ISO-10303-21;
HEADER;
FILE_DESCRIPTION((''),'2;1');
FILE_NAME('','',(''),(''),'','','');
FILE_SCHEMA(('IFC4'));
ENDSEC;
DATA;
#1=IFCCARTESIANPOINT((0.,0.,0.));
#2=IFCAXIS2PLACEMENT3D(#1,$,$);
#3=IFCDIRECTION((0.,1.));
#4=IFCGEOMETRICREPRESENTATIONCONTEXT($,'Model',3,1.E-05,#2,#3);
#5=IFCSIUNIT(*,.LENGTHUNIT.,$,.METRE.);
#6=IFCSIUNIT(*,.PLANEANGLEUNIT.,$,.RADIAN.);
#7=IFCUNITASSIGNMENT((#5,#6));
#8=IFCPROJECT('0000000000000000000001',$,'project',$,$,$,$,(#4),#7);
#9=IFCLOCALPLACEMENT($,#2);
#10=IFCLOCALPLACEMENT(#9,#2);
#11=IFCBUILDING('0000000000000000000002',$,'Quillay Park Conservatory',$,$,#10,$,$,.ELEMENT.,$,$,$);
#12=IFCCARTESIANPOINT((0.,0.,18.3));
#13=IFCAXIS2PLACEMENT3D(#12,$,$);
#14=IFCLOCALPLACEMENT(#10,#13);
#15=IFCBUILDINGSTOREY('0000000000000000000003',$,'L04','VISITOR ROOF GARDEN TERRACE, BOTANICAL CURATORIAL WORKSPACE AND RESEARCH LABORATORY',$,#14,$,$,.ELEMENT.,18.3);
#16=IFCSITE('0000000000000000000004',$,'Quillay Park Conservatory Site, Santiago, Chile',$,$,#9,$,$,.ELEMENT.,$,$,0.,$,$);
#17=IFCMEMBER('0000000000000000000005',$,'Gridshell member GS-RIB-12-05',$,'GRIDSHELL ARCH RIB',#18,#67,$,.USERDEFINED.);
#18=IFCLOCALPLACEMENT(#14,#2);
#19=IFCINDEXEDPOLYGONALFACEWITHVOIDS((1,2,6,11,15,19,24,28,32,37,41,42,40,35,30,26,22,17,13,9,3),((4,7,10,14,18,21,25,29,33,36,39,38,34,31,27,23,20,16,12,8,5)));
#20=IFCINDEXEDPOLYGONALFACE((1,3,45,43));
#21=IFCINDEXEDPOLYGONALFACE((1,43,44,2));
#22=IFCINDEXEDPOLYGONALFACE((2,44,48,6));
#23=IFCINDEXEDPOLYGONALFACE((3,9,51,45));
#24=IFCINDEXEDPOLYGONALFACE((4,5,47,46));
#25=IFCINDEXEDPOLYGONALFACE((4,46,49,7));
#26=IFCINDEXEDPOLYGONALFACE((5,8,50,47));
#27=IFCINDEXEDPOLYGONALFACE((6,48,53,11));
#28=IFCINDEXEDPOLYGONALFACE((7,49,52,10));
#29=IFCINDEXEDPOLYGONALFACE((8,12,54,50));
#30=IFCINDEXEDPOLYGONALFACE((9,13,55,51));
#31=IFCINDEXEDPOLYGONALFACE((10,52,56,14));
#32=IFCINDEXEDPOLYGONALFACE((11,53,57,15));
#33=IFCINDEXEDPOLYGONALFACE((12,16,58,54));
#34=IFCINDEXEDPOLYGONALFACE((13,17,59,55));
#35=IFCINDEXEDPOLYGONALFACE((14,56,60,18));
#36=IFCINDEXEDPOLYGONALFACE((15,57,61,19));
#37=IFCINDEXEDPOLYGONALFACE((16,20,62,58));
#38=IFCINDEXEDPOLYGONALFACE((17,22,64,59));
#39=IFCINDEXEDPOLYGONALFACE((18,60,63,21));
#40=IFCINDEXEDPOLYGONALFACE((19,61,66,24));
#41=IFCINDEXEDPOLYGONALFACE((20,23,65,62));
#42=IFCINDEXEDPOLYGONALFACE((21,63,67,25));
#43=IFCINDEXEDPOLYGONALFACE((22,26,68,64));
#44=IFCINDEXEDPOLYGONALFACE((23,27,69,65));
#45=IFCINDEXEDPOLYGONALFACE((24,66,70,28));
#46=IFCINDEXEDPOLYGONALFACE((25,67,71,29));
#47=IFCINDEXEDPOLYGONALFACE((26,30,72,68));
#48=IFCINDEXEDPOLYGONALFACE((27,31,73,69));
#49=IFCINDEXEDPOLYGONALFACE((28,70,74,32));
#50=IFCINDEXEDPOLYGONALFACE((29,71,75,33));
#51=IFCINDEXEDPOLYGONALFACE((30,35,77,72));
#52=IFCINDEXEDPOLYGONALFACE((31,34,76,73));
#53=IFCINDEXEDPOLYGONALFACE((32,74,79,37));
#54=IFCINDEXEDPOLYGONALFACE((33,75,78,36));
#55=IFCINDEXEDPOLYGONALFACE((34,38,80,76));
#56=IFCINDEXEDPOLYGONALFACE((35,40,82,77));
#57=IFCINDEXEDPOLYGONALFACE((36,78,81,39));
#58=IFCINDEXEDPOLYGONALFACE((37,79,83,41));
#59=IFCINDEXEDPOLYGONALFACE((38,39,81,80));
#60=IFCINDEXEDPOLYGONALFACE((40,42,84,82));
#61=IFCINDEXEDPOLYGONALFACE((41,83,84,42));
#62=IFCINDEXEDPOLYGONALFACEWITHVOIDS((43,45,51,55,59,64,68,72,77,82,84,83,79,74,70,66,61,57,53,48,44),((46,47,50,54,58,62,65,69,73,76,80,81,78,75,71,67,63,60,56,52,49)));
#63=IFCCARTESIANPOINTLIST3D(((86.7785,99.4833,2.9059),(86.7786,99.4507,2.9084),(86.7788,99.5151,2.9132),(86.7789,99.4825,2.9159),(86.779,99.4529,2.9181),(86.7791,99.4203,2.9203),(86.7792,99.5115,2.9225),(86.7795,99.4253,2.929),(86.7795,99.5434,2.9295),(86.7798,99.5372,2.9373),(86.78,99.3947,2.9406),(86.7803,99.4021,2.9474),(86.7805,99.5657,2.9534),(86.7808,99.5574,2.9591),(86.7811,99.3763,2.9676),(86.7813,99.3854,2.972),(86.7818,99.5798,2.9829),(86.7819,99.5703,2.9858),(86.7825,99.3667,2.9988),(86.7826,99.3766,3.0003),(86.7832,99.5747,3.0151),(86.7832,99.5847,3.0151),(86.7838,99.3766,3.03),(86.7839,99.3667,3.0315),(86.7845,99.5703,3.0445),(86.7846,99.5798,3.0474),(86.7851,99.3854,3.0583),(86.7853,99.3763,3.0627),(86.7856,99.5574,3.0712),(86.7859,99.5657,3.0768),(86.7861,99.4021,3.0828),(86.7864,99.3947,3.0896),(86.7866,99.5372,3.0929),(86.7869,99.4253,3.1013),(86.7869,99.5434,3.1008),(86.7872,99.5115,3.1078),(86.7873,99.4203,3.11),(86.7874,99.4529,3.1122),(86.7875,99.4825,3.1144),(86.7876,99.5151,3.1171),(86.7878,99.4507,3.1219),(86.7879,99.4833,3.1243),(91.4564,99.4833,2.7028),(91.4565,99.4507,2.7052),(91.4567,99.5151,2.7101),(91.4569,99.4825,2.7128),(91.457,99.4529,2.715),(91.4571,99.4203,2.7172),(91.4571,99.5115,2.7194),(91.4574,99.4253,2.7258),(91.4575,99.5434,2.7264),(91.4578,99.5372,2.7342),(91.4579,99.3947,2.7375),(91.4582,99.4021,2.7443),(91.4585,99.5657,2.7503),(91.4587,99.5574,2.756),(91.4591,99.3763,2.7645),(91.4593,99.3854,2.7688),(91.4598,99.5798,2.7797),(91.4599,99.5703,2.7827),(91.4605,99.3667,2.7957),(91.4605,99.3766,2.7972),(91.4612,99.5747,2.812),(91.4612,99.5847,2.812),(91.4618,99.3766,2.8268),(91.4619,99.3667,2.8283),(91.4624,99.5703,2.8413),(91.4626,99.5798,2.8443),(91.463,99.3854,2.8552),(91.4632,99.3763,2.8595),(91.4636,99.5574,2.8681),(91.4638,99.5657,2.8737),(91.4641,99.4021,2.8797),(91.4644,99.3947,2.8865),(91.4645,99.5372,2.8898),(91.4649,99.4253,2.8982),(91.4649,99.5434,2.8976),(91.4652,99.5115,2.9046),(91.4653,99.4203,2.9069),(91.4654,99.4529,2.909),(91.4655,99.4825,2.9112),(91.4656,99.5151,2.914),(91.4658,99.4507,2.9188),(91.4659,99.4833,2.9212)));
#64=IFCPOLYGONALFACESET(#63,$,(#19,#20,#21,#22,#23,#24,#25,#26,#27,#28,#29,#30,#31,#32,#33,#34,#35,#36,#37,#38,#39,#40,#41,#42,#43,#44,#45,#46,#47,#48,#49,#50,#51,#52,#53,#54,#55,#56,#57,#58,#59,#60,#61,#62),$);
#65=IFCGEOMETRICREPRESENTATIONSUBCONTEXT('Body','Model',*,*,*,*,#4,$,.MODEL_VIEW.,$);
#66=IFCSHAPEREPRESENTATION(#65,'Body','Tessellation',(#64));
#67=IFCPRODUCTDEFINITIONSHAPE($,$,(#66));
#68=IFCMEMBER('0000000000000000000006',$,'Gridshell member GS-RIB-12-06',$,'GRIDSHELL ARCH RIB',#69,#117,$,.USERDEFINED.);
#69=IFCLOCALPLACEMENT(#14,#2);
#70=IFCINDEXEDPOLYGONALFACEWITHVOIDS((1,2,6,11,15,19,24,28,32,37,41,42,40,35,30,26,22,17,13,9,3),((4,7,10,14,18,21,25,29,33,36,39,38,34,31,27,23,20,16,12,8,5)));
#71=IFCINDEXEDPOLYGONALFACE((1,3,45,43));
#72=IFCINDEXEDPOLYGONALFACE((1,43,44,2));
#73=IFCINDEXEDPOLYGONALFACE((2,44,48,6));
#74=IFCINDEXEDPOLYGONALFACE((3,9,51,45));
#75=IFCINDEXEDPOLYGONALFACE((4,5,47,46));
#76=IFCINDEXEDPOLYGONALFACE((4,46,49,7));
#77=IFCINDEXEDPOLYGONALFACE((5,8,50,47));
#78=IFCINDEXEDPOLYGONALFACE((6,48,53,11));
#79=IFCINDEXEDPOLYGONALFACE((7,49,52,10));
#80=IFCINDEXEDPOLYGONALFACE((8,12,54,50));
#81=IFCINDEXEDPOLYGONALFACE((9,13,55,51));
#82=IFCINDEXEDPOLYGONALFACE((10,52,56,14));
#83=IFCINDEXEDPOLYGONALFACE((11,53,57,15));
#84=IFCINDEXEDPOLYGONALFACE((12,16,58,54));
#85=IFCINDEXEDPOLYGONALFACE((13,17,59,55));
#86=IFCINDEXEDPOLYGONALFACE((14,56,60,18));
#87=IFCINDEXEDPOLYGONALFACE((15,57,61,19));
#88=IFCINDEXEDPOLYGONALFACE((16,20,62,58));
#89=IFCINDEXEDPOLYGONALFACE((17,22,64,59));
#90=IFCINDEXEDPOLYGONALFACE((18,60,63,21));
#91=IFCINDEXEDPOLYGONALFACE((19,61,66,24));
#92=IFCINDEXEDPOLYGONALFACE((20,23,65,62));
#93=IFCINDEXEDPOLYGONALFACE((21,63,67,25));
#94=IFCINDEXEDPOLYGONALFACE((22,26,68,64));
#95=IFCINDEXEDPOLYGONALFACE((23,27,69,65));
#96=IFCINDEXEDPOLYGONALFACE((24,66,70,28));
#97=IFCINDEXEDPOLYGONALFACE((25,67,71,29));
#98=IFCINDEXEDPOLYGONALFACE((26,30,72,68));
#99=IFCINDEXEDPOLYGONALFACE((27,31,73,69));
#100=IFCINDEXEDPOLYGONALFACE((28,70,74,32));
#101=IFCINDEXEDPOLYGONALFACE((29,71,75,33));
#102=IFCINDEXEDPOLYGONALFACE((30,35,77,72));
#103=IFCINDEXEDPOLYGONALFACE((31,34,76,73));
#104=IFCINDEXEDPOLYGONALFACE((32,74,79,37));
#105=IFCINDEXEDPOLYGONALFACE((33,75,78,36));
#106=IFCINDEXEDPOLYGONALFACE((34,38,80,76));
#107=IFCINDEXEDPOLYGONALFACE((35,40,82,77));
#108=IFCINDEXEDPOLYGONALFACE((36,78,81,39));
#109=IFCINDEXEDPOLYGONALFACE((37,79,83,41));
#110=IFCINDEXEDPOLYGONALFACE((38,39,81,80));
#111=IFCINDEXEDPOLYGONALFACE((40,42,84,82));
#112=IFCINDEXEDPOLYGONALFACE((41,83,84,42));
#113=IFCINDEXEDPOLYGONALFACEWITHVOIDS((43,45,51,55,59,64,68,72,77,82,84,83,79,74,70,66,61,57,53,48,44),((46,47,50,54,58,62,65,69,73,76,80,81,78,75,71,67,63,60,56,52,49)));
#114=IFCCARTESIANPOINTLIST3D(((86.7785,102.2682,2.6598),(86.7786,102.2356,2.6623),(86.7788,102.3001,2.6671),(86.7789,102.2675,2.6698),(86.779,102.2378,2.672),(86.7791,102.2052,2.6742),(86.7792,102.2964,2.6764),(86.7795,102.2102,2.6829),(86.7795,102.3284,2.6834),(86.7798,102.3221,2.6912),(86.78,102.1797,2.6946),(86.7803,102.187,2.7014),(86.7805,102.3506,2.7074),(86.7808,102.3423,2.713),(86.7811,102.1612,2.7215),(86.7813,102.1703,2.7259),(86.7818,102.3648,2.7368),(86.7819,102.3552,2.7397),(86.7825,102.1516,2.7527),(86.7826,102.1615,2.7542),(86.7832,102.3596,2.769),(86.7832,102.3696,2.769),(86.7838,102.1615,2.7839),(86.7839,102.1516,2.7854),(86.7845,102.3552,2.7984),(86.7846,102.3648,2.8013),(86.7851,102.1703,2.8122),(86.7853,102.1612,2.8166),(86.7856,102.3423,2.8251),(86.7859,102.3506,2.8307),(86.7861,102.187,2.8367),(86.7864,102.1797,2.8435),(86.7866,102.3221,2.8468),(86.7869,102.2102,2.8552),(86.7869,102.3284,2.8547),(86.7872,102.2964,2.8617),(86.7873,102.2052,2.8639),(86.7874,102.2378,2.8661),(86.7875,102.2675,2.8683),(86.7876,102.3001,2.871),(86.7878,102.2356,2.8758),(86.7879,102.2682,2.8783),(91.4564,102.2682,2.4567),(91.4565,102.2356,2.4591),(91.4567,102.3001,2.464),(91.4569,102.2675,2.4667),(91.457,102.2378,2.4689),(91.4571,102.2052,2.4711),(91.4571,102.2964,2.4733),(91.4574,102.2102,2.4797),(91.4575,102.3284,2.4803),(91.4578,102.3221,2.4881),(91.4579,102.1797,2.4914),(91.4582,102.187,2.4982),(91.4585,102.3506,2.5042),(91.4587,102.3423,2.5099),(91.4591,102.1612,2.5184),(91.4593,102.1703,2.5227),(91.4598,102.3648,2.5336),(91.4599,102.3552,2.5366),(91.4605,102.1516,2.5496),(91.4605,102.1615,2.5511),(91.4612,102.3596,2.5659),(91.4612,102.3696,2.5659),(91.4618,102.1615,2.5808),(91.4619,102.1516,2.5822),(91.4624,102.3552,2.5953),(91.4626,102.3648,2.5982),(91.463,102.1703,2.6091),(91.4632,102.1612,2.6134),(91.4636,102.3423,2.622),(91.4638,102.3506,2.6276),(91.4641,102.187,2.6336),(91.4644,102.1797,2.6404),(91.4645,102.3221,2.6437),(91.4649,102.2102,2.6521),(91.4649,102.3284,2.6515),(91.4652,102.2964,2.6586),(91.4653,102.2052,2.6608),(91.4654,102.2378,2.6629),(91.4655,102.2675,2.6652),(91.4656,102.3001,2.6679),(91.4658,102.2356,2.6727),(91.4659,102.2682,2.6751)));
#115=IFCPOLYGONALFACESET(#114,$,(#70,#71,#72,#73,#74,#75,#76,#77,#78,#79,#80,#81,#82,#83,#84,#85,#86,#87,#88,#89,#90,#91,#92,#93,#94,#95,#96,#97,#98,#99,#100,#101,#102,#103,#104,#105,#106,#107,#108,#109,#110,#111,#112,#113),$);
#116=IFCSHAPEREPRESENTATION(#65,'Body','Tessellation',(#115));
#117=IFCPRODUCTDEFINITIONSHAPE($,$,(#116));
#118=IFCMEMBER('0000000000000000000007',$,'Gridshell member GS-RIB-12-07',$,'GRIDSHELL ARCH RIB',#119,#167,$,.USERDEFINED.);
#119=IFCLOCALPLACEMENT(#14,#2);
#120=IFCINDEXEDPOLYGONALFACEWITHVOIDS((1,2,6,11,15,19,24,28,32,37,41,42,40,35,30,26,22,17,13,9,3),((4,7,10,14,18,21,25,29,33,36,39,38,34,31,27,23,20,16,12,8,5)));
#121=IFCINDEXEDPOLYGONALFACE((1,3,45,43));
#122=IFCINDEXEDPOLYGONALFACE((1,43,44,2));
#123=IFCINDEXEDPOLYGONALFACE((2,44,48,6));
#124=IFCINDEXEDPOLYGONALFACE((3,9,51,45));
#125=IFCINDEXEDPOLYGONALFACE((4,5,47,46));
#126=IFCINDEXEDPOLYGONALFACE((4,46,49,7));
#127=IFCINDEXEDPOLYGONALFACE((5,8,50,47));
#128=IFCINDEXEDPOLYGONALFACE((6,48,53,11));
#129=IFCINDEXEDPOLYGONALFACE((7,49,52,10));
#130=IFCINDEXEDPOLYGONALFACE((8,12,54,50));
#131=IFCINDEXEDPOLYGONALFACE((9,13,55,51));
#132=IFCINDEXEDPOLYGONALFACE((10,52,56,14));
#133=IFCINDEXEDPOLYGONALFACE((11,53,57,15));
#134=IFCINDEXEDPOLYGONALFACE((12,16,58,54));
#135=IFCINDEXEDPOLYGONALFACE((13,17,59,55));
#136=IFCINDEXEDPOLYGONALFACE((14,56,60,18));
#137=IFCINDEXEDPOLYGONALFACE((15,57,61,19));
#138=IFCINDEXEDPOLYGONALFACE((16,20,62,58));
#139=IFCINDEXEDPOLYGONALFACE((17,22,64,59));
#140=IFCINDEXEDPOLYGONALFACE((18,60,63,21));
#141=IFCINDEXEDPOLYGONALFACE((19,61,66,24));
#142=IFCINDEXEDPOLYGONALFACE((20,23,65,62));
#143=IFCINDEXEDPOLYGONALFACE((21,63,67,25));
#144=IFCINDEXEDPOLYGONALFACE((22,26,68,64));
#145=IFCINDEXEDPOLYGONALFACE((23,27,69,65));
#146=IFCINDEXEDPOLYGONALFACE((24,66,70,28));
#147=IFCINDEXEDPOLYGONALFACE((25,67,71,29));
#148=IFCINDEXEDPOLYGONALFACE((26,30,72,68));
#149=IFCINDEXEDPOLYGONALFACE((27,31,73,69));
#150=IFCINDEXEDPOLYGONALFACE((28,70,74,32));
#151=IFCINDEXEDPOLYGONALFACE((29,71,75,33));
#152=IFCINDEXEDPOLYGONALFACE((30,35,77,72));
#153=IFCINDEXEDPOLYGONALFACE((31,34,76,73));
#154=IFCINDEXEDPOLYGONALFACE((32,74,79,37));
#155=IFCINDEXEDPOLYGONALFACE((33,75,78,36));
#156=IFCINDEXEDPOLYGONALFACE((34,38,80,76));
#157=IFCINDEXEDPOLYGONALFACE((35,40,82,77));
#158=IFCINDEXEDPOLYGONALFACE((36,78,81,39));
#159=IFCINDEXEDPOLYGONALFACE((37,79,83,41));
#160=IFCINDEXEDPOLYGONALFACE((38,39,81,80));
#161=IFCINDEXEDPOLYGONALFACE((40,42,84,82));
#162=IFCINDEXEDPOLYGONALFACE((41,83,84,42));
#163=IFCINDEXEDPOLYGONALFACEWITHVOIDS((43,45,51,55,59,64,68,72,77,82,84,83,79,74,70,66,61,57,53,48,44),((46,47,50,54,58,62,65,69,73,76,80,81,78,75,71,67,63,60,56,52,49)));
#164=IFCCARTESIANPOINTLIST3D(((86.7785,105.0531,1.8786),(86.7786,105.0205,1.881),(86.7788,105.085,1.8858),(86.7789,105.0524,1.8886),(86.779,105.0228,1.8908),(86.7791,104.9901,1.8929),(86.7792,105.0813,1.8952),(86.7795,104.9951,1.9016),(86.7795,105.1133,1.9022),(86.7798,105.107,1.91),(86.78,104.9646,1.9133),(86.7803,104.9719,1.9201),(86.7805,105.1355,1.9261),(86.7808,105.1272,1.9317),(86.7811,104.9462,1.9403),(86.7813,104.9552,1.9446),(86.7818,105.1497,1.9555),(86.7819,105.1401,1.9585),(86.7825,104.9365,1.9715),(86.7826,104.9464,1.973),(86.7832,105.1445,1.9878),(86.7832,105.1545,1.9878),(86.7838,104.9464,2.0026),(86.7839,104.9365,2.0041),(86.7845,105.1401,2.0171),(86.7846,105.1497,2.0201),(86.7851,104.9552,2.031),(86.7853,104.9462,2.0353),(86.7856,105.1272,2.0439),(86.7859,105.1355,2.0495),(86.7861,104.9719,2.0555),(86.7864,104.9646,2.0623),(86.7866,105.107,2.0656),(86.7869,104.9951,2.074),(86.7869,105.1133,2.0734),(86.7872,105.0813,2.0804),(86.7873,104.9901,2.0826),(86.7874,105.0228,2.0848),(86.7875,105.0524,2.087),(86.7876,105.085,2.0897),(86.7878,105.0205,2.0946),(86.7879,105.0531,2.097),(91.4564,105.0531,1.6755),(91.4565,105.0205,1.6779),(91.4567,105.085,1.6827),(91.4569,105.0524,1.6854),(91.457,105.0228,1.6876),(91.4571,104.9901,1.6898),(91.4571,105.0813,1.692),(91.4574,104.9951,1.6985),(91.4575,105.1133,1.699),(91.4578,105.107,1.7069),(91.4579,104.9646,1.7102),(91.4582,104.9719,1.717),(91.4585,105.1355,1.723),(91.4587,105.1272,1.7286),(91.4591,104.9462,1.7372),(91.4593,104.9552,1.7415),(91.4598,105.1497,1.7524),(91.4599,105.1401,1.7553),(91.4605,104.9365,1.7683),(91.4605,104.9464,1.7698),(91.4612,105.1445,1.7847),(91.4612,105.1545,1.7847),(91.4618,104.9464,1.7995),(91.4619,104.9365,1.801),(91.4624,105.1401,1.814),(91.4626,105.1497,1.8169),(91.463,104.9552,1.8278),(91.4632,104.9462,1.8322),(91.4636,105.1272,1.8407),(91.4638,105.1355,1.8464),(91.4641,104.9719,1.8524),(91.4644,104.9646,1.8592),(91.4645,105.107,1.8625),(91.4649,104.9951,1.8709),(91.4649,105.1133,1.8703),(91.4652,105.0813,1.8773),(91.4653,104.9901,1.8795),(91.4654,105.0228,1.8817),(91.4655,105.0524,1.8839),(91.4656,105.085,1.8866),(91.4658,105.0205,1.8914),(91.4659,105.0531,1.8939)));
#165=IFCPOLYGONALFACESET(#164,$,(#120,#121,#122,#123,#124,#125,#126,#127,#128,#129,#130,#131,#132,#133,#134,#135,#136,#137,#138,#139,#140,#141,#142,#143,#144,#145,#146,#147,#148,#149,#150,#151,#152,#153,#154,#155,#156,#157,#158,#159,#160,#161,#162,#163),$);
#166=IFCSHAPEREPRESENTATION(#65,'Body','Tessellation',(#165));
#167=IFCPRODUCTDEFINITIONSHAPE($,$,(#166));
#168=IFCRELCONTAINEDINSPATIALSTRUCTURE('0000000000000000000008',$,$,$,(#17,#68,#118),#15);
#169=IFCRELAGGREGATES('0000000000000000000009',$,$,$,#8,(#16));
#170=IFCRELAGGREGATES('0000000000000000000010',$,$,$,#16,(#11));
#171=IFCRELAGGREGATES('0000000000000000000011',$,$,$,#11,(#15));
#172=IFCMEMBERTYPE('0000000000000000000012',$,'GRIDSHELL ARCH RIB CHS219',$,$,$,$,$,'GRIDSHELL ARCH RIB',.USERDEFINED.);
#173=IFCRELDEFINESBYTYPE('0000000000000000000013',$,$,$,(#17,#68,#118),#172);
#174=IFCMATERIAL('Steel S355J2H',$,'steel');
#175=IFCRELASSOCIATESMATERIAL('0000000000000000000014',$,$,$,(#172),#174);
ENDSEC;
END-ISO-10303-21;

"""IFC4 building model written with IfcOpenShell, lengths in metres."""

from ifc_helpers import new_model, si_unit, direction, frame, origin, origin_2d, place, context, subcontext, project, spatial, hollow_circle, extrude, material, material_profile, profile_set, type_object, element, save


model = new_model("IFC4")

# Units and contexts
model_context = context("Model", 3, precision=1e-05, world=origin(), true_north=direction((0.0, 1.0)))
body_context = subcontext(model_context, "Body", "Model", "MODEL_VIEW")
ifc_project = project(units=[si_unit("LENGTHUNIT", "METRE"), si_unit("PLANEANGLEUNIT", "RADIAN")], contexts=[model_context])

# Site, building, storey
site_placement = place(None, origin())
site = spatial("IfcSite", under=ifc_project, at=site_placement, Name="Quillay Park Conservatory Site, Santiago, Chile", CompositionType="ELEMENT", RefElevation=0.0)
building_placement = place(site_placement, origin())
building = spatial("IfcBuilding", under=site, at=building_placement, Name="Quillay Park Conservatory", CompositionType="ELEMENT")
storey_placement = place(building_placement, frame((0.0, 0.0, 18.3)))
storey = spatial("IfcBuildingStorey", under=building, at=storey_placement, Name="L04", Description="VISITOR ROOF GARDEN TERRACE, BOTANICAL CURATORIAL WORKSPACE AND RESEARCH LABORATORY", CompositionType="ELEMENT", Elevation=18.3)

# Members
ifc_material_1 = material(Name="Steel S355J2H", Category="steel")
ifc_material_profile_1 = material_profile(ifc_material_1, hollow_circle(Radius=0.1096, WallThickness=0.01, at=origin_2d()), Name="CHS219.1x10")
ifc_profile_set_1 = profile_set([ifc_material_profile_1], Name="Steel S355J2H")
member_type = type_object("IfcMemberType", Name="GRIDSHELL ARCH RIB CHS219", ElementType="GRIDSHELL ARCH RIB", PredefinedType="USERDEFINED", material=ifc_profile_set_1)
for number, where, z_axis, x_axis, name in (
    (1, (86.7832, 99.4751, 3.0151), (0.999059, 0.0, -0.043381), (0.0, 1.0, 0.0), "Gridshell member GS-RIB-12-05"),
    (2, (86.7832, 102.26, 2.769), (0.999059, 0.0, -0.043381), (0.0, 1.0, 0.0), "Gridshell member GS-RIB-12-06"),
    (3, (86.7832, 105.0449, 1.9878), (0.999059, 0.0, -0.043381), (0.0, 1.0, 0.0), "Gridshell member GS-RIB-12-07"),
):
    element("IfcMember", number, at=place(storey_placement, frame(where, z_axis=z_axis, x_axis=x_axis)), inside=storey, type_object=member_type, Name=name, ObjectType="GRIDSHELL ARCH RIB", PredefinedType="USERDEFINED", context=body_context, shape_type="SweptSolid", body=[
        extrude(hollow_circle(Radius=0.1096, WallThickness=0.01, at=origin_2d()), origin(), (0.0, 0.0, 1.0), 4.6824),
    ])

save(model, "model.ifc")
